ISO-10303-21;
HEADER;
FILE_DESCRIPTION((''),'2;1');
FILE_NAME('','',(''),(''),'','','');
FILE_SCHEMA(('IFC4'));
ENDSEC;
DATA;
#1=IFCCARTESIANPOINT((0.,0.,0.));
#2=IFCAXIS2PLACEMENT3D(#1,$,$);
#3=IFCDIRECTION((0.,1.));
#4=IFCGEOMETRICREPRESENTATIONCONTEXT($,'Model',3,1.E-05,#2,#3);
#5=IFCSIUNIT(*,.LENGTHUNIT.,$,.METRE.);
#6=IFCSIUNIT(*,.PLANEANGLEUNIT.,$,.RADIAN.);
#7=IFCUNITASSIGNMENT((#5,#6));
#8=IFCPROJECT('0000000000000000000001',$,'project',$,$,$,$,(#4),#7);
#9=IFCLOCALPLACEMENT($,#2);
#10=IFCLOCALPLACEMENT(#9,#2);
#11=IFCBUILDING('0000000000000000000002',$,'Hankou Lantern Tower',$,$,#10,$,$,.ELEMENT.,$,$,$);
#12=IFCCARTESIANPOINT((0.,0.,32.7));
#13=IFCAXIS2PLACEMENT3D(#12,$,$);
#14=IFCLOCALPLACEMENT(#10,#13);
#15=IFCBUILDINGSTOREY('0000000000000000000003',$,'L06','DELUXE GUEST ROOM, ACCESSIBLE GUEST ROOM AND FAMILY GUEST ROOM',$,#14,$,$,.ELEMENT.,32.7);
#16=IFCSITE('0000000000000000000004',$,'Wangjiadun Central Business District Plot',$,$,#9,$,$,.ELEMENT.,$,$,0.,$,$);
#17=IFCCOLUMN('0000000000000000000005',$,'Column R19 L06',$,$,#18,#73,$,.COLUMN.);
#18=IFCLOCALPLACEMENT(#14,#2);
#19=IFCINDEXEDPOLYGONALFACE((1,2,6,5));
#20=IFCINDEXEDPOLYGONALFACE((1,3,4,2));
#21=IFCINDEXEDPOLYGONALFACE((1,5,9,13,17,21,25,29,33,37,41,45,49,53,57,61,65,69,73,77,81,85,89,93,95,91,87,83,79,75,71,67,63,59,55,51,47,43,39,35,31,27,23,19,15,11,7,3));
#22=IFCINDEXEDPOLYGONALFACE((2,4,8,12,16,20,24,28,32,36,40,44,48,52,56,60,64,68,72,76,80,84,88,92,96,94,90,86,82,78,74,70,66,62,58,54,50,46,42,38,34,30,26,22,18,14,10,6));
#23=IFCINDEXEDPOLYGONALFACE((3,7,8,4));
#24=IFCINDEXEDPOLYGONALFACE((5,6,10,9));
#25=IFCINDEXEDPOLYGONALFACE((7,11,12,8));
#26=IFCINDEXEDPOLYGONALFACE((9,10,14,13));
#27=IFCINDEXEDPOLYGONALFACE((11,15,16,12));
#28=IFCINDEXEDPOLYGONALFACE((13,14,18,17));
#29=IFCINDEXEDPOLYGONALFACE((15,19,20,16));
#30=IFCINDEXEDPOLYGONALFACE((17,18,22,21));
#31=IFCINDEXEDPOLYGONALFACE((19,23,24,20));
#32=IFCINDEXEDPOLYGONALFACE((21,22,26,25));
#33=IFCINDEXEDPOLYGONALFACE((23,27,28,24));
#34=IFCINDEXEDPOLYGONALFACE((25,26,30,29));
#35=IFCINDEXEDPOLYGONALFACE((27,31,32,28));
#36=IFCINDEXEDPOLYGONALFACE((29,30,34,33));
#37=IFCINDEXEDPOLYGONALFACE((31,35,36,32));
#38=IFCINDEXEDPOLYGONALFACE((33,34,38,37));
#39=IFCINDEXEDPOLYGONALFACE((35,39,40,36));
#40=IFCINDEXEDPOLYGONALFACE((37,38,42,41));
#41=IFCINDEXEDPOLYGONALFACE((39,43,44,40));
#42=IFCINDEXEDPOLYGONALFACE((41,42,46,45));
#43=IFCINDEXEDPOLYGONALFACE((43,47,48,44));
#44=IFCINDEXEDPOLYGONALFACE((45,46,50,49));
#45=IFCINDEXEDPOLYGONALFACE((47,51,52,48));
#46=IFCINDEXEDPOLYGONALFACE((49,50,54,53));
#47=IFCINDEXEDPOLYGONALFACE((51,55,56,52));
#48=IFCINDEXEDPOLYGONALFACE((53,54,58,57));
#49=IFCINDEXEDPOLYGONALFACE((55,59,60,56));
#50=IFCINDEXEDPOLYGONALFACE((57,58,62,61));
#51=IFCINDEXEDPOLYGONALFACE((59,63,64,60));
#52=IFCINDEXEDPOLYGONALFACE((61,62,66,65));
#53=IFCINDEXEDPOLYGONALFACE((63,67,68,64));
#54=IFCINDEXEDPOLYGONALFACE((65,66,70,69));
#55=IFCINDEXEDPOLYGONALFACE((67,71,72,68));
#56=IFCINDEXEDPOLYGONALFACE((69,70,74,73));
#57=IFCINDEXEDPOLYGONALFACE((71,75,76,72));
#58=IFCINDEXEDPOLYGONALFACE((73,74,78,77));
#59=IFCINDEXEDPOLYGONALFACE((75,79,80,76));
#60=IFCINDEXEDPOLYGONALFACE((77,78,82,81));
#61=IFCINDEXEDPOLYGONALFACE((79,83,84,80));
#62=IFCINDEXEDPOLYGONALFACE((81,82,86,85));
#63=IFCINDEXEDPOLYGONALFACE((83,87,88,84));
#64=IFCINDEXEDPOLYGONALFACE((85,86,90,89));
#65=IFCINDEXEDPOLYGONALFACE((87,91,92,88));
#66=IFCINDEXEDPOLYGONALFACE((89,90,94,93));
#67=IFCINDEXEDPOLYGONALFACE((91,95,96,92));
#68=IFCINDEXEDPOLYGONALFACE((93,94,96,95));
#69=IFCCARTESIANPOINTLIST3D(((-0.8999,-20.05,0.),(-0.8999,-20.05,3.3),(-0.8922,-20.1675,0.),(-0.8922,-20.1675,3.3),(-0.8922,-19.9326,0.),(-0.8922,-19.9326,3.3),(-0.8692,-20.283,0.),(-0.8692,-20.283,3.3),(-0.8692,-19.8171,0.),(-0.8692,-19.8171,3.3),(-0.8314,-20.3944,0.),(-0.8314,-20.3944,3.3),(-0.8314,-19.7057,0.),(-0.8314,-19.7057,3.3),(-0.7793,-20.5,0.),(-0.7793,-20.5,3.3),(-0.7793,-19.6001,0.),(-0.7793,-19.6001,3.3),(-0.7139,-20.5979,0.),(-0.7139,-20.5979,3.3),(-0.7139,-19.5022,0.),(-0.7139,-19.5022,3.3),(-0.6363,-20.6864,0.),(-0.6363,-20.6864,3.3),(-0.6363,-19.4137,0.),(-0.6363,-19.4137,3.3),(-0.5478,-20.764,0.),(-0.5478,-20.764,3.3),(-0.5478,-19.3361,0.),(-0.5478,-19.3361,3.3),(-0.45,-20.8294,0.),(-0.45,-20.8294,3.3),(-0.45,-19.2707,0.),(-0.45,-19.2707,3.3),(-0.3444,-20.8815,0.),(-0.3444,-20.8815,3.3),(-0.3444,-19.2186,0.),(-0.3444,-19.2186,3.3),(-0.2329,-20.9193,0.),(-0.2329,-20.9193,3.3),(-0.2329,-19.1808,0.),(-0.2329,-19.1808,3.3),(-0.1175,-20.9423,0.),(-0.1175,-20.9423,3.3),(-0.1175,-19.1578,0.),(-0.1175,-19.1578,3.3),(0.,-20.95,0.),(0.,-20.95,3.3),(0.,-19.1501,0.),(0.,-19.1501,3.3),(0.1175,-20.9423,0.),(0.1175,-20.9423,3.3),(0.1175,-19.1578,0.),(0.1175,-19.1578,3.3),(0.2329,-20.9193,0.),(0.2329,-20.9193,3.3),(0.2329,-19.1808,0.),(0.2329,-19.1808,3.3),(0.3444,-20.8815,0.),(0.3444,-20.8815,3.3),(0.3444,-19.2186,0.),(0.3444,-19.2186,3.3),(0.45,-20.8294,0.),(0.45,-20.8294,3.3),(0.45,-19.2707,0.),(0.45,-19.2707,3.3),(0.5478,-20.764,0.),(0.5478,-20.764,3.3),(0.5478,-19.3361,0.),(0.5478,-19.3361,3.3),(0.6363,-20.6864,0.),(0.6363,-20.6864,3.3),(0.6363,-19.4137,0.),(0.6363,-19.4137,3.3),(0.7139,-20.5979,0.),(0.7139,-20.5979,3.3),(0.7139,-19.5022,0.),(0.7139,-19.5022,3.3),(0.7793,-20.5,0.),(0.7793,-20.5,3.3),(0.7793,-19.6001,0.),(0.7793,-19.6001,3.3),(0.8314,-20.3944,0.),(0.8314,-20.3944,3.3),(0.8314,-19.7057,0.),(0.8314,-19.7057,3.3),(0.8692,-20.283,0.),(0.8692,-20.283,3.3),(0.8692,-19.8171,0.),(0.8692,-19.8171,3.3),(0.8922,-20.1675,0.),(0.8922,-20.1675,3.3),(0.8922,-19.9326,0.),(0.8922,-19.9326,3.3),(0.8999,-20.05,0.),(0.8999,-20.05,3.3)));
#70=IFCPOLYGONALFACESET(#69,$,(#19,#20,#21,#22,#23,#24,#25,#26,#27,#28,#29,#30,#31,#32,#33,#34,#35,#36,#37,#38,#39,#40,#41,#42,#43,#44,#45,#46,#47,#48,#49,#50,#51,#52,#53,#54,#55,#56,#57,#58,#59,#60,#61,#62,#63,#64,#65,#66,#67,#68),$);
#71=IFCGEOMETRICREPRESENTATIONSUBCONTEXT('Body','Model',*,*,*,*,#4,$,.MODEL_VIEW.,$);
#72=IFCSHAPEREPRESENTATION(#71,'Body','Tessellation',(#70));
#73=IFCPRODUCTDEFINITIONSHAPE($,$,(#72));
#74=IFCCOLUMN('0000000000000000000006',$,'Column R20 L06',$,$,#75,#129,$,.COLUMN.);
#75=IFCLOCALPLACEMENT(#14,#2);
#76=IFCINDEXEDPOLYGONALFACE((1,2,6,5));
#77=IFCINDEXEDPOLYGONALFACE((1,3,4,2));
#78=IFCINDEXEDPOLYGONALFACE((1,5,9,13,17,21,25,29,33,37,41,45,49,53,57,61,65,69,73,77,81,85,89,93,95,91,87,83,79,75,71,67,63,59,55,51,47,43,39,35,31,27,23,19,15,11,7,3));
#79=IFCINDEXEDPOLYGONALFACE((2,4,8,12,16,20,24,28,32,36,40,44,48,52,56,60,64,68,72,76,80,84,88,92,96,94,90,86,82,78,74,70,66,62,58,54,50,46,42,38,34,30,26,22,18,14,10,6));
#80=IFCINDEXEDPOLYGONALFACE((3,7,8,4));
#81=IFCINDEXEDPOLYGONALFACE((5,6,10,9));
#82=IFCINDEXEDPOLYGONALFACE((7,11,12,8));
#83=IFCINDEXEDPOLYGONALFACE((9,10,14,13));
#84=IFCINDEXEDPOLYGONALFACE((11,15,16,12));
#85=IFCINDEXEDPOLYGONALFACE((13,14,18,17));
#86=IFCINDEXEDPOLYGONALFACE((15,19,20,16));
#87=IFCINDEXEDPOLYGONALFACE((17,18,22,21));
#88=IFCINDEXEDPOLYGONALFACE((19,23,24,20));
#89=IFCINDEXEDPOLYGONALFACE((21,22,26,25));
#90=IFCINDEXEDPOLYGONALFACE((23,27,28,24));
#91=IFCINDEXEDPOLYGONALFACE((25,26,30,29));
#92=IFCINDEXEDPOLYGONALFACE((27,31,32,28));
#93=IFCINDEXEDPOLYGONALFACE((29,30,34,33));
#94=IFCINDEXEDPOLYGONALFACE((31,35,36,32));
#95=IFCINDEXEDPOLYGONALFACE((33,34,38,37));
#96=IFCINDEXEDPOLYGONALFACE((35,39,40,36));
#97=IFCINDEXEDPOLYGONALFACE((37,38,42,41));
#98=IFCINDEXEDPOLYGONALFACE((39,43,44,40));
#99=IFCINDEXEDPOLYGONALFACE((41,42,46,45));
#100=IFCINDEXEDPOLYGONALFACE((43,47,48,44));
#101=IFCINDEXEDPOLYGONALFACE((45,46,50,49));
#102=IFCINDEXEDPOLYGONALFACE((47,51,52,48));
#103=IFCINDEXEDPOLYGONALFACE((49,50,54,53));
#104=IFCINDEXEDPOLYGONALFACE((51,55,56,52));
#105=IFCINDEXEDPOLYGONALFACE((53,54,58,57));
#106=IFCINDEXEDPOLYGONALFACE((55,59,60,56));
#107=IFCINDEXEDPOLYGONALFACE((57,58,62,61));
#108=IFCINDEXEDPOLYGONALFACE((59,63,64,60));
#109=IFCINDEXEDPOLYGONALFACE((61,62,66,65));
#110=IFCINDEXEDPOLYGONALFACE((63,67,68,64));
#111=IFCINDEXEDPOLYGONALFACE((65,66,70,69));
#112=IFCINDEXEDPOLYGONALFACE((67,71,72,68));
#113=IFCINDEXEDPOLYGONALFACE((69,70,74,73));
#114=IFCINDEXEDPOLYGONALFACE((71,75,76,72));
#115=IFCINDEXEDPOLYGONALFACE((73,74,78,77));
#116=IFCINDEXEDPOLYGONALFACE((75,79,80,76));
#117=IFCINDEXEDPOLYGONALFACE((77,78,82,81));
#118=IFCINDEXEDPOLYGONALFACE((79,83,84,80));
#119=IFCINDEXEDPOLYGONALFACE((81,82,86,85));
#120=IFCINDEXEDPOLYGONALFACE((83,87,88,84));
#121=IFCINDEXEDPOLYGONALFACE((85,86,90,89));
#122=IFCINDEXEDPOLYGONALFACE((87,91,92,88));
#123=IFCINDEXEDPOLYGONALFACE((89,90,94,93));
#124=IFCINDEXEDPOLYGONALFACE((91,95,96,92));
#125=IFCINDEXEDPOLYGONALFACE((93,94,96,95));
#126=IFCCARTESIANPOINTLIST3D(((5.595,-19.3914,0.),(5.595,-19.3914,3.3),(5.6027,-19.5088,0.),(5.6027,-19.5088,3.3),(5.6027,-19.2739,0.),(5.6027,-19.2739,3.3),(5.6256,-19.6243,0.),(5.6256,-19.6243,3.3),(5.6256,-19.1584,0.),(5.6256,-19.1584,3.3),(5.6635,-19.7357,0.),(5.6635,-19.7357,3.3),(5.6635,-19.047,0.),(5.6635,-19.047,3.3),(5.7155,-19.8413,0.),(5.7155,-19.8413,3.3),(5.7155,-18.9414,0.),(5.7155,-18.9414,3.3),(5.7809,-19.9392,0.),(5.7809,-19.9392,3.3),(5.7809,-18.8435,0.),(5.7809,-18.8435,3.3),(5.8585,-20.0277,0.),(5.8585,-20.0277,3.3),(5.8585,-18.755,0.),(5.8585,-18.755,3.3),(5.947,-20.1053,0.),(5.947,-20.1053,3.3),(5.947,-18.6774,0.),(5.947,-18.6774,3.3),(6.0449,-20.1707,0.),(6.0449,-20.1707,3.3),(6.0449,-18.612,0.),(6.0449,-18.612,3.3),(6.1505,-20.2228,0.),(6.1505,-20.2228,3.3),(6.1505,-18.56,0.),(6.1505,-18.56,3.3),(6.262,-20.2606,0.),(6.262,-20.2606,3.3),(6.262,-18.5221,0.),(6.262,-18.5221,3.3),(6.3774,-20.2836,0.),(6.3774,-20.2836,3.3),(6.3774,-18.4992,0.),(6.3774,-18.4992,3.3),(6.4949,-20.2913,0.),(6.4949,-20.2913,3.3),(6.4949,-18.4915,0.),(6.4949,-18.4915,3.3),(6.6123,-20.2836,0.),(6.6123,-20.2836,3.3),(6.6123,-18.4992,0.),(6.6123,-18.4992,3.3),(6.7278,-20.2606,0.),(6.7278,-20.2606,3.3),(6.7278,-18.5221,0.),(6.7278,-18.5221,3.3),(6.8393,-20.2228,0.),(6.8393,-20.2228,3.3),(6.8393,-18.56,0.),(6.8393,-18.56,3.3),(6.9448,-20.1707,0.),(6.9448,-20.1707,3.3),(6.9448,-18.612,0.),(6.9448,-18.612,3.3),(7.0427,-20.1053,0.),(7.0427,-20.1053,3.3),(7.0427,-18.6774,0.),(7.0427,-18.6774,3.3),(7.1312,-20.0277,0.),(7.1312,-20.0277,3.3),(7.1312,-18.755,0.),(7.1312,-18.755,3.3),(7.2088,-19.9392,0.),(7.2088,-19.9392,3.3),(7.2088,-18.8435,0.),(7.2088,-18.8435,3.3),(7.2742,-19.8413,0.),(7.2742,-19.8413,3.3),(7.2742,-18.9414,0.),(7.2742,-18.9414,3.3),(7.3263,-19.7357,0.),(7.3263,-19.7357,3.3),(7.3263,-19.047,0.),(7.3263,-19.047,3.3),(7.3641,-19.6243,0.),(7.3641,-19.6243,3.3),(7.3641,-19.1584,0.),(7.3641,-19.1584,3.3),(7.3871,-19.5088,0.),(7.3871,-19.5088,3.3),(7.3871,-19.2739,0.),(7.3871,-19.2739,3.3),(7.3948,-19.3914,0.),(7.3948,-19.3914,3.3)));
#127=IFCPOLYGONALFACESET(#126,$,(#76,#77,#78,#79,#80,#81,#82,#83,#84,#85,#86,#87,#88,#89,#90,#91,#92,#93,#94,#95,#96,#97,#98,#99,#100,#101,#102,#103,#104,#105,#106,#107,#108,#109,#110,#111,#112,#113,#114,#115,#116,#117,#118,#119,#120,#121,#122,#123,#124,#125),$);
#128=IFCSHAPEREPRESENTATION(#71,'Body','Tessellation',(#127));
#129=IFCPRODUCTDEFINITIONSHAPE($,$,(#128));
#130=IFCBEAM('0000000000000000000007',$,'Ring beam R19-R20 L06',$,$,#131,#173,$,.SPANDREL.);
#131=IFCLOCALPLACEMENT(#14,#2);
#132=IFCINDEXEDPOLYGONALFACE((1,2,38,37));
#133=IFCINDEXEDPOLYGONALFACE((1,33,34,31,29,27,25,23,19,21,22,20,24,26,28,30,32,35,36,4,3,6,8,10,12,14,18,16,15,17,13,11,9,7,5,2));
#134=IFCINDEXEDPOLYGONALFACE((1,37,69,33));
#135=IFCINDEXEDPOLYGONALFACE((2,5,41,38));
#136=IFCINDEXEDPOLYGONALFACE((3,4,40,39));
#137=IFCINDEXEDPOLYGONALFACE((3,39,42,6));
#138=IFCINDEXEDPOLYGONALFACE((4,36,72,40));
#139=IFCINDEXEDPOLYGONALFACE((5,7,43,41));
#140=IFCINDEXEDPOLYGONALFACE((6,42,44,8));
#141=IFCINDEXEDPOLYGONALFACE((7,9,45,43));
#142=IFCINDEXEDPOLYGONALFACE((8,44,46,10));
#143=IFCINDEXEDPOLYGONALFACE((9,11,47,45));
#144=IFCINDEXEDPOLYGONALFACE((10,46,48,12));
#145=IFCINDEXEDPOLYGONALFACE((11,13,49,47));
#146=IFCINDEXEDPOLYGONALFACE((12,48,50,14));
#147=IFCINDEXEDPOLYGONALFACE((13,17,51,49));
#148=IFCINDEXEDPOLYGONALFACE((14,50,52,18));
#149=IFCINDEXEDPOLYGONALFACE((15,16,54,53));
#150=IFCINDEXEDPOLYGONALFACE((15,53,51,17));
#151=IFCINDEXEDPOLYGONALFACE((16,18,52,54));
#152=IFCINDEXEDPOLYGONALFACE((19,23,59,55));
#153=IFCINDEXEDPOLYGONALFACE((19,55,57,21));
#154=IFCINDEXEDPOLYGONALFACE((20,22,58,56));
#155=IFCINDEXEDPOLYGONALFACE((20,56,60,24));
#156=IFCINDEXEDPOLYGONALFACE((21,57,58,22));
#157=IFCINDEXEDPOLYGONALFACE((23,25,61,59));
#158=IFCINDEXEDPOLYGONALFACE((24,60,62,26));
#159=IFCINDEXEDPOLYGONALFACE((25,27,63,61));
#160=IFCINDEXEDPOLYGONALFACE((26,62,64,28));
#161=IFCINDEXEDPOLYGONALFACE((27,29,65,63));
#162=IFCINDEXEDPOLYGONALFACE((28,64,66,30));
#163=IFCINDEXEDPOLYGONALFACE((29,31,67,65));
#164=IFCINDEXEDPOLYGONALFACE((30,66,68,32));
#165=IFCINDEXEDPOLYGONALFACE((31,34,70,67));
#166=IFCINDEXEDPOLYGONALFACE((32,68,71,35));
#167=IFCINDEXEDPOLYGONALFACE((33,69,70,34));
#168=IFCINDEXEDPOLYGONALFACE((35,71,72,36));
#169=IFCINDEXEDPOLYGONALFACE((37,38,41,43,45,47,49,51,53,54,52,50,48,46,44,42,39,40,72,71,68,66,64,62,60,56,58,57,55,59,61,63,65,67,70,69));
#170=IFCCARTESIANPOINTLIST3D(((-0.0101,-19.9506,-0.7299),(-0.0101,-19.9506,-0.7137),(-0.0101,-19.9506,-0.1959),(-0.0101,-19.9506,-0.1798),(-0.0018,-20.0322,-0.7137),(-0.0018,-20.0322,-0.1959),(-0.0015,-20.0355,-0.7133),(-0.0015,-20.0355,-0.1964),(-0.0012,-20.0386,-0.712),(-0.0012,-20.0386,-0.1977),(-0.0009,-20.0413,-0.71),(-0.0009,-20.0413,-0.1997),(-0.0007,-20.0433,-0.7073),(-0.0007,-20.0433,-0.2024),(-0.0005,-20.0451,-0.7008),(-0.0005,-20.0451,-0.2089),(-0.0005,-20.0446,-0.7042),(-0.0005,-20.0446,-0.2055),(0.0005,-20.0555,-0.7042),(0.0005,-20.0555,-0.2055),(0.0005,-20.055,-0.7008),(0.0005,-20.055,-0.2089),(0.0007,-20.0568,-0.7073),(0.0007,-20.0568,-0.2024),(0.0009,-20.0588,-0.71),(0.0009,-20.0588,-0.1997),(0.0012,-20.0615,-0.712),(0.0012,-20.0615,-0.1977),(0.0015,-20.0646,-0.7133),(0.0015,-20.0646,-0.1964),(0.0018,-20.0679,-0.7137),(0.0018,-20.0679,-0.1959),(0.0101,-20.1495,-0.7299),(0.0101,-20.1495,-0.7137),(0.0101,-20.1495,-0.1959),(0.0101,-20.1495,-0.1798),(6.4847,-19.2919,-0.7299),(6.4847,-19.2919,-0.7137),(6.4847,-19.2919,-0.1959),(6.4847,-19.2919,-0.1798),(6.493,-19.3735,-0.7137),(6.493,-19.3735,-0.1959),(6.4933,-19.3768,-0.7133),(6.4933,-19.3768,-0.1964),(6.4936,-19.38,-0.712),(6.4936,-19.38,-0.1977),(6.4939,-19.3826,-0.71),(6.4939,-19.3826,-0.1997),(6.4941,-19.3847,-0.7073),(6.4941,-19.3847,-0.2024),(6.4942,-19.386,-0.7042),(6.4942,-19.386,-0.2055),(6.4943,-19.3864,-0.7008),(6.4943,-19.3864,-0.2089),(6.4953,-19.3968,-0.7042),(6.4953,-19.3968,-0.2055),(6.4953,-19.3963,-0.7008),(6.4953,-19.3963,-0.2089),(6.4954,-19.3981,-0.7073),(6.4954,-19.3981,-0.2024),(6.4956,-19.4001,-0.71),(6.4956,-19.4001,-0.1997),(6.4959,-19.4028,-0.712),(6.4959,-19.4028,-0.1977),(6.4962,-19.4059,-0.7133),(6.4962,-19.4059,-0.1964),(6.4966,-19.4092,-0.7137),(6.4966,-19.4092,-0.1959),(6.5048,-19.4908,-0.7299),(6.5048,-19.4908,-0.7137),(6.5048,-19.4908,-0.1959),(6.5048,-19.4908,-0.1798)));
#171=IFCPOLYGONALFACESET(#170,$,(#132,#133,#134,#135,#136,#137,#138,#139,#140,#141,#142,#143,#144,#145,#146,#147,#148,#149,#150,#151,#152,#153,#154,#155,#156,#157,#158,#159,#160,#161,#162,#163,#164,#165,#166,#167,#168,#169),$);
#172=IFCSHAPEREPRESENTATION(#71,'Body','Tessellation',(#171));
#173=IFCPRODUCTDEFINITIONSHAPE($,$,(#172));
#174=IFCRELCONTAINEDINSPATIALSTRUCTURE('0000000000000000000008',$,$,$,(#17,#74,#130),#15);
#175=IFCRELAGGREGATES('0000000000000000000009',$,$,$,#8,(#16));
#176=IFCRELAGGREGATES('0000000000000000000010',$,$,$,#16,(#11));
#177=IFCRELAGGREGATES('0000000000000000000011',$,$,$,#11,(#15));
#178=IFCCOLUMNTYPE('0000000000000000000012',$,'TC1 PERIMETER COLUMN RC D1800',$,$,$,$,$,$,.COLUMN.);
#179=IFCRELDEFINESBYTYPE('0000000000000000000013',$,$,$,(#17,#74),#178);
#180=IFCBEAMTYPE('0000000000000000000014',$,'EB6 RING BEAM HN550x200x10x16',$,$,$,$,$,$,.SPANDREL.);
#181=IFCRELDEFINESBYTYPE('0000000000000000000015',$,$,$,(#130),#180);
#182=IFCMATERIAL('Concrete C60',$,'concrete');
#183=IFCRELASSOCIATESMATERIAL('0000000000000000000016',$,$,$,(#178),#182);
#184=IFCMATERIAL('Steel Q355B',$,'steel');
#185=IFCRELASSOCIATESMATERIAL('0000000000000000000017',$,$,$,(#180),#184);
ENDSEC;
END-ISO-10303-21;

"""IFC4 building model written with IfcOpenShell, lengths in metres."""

from ifc_helpers import new_model, si_unit, direction, frame, origin, origin_2d, place, context, subcontext, project, spatial, circle, i_section, extrude, material, material_profile, profile_set, type_object, element, save


model = new_model("IFC4")

# Units and contexts
model_context = context("Model", 3, precision=1e-05, world=origin(), true_north=direction((0.0, 1.0)))
body_context = subcontext(model_context, "Body", "Model", "MODEL_VIEW")
ifc_project = project(units=[si_unit("LENGTHUNIT", "METRE"), si_unit("PLANEANGLEUNIT", "RADIAN")], contexts=[model_context])

# Site, building, storey
site_placement = place(None, origin())
site = spatial("IfcSite", under=ifc_project, at=site_placement, Name="Wangjiadun Central Business District Plot", CompositionType="ELEMENT", RefElevation=0.0)
building_placement = place(site_placement, origin())
building = spatial("IfcBuilding", under=site, at=building_placement, Name="Hankou Lantern Tower", CompositionType="ELEMENT")
storey_placement = place(building_placement, frame((0.0, 0.0, 32.7)))
storey = spatial("IfcBuildingStorey", under=building, at=storey_placement, Name="L06", Description="DELUXE GUEST ROOM, ACCESSIBLE GUEST ROOM AND FAMILY GUEST ROOM", CompositionType="ELEMENT", Elevation=32.7)

# Columns
ifc_material_1 = material(Name="Concrete C60", Category="concrete")
ifc_material_profile_1 = material_profile(ifc_material_1, circle(Radius=0.8999, at=origin_2d()), Name="RC D1800")
ifc_profile_set_1 = profile_set([ifc_material_profile_1], Name="Concrete C60")
column_type = type_object("IfcColumnType", Name="TC1 PERIMETER COLUMN RC D1800", PredefinedType="COLUMN", material=ifc_profile_set_1)
for number, where, z_axis, x_axis, name in (
    (1, (0.0, -20.05, 0.0), (0.0, 0.0, 1.0), (1.0, 0.0, 0.0), "Column R19 L06"),
    (2, (6.4949, -19.3914, 0.0), (0.0, 0.0, 1.0), (1.0, 0.0, 0.0), "Column R20 L06"),
):
    element("IfcColumn", number, at=place(storey_placement, frame(where, z_axis=z_axis, x_axis=x_axis)), inside=storey, type_object=column_type, Name=name, PredefinedType="COLUMN", context=body_context, shape_type="SweptSolid", body=[
        extrude(circle(Radius=0.8999, at=origin_2d()), origin(), (0.0, 0.0, 1.0), 3.3),
    ])

# Beam
ifc_material_2 = material(Name="Steel Q355B", Category="steel")
ifc_material_profile_2 = material_profile(ifc_material_2, i_section(OverallWidth=0.2, OverallDepth=0.55, WebThickness=0.01, FlangeThickness=0.0161, FilletRadius=0.0129, at=origin_2d()), Name="HN550x200x10x16")
ifc_profile_set_2 = profile_set([ifc_material_profile_2], Name="Steel Q355B")
beam_type_1 = type_object("IfcBeamType", Name="EB6 RING BEAM HN550x200x10x16", PredefinedType="SPANDREL", material=ifc_profile_set_2)
beam_1_placement = place(storey_placement, frame((0.0, -20.05, -0.4548), z_axis=(0.994897, 0.1009, 0.0), x_axis=(-0.1009, 0.994897, 0.0)))
element("IfcBeam", 3, at=beam_1_placement, inside=storey, type_object=beam_type_1, Name="Ring beam R19-R20 L06", PredefinedType="SPANDREL", context=body_context, shape_type="SweptSolid", body=[
    extrude(i_section(OverallWidth=0.2, OverallDepth=0.55, WebThickness=0.01, FlangeThickness=0.0161, FilletRadius=0.0129, at=origin_2d()), origin(), (0.0, 0.0, 1.0), 6.5281),
])

save(model, "model.ifc")
